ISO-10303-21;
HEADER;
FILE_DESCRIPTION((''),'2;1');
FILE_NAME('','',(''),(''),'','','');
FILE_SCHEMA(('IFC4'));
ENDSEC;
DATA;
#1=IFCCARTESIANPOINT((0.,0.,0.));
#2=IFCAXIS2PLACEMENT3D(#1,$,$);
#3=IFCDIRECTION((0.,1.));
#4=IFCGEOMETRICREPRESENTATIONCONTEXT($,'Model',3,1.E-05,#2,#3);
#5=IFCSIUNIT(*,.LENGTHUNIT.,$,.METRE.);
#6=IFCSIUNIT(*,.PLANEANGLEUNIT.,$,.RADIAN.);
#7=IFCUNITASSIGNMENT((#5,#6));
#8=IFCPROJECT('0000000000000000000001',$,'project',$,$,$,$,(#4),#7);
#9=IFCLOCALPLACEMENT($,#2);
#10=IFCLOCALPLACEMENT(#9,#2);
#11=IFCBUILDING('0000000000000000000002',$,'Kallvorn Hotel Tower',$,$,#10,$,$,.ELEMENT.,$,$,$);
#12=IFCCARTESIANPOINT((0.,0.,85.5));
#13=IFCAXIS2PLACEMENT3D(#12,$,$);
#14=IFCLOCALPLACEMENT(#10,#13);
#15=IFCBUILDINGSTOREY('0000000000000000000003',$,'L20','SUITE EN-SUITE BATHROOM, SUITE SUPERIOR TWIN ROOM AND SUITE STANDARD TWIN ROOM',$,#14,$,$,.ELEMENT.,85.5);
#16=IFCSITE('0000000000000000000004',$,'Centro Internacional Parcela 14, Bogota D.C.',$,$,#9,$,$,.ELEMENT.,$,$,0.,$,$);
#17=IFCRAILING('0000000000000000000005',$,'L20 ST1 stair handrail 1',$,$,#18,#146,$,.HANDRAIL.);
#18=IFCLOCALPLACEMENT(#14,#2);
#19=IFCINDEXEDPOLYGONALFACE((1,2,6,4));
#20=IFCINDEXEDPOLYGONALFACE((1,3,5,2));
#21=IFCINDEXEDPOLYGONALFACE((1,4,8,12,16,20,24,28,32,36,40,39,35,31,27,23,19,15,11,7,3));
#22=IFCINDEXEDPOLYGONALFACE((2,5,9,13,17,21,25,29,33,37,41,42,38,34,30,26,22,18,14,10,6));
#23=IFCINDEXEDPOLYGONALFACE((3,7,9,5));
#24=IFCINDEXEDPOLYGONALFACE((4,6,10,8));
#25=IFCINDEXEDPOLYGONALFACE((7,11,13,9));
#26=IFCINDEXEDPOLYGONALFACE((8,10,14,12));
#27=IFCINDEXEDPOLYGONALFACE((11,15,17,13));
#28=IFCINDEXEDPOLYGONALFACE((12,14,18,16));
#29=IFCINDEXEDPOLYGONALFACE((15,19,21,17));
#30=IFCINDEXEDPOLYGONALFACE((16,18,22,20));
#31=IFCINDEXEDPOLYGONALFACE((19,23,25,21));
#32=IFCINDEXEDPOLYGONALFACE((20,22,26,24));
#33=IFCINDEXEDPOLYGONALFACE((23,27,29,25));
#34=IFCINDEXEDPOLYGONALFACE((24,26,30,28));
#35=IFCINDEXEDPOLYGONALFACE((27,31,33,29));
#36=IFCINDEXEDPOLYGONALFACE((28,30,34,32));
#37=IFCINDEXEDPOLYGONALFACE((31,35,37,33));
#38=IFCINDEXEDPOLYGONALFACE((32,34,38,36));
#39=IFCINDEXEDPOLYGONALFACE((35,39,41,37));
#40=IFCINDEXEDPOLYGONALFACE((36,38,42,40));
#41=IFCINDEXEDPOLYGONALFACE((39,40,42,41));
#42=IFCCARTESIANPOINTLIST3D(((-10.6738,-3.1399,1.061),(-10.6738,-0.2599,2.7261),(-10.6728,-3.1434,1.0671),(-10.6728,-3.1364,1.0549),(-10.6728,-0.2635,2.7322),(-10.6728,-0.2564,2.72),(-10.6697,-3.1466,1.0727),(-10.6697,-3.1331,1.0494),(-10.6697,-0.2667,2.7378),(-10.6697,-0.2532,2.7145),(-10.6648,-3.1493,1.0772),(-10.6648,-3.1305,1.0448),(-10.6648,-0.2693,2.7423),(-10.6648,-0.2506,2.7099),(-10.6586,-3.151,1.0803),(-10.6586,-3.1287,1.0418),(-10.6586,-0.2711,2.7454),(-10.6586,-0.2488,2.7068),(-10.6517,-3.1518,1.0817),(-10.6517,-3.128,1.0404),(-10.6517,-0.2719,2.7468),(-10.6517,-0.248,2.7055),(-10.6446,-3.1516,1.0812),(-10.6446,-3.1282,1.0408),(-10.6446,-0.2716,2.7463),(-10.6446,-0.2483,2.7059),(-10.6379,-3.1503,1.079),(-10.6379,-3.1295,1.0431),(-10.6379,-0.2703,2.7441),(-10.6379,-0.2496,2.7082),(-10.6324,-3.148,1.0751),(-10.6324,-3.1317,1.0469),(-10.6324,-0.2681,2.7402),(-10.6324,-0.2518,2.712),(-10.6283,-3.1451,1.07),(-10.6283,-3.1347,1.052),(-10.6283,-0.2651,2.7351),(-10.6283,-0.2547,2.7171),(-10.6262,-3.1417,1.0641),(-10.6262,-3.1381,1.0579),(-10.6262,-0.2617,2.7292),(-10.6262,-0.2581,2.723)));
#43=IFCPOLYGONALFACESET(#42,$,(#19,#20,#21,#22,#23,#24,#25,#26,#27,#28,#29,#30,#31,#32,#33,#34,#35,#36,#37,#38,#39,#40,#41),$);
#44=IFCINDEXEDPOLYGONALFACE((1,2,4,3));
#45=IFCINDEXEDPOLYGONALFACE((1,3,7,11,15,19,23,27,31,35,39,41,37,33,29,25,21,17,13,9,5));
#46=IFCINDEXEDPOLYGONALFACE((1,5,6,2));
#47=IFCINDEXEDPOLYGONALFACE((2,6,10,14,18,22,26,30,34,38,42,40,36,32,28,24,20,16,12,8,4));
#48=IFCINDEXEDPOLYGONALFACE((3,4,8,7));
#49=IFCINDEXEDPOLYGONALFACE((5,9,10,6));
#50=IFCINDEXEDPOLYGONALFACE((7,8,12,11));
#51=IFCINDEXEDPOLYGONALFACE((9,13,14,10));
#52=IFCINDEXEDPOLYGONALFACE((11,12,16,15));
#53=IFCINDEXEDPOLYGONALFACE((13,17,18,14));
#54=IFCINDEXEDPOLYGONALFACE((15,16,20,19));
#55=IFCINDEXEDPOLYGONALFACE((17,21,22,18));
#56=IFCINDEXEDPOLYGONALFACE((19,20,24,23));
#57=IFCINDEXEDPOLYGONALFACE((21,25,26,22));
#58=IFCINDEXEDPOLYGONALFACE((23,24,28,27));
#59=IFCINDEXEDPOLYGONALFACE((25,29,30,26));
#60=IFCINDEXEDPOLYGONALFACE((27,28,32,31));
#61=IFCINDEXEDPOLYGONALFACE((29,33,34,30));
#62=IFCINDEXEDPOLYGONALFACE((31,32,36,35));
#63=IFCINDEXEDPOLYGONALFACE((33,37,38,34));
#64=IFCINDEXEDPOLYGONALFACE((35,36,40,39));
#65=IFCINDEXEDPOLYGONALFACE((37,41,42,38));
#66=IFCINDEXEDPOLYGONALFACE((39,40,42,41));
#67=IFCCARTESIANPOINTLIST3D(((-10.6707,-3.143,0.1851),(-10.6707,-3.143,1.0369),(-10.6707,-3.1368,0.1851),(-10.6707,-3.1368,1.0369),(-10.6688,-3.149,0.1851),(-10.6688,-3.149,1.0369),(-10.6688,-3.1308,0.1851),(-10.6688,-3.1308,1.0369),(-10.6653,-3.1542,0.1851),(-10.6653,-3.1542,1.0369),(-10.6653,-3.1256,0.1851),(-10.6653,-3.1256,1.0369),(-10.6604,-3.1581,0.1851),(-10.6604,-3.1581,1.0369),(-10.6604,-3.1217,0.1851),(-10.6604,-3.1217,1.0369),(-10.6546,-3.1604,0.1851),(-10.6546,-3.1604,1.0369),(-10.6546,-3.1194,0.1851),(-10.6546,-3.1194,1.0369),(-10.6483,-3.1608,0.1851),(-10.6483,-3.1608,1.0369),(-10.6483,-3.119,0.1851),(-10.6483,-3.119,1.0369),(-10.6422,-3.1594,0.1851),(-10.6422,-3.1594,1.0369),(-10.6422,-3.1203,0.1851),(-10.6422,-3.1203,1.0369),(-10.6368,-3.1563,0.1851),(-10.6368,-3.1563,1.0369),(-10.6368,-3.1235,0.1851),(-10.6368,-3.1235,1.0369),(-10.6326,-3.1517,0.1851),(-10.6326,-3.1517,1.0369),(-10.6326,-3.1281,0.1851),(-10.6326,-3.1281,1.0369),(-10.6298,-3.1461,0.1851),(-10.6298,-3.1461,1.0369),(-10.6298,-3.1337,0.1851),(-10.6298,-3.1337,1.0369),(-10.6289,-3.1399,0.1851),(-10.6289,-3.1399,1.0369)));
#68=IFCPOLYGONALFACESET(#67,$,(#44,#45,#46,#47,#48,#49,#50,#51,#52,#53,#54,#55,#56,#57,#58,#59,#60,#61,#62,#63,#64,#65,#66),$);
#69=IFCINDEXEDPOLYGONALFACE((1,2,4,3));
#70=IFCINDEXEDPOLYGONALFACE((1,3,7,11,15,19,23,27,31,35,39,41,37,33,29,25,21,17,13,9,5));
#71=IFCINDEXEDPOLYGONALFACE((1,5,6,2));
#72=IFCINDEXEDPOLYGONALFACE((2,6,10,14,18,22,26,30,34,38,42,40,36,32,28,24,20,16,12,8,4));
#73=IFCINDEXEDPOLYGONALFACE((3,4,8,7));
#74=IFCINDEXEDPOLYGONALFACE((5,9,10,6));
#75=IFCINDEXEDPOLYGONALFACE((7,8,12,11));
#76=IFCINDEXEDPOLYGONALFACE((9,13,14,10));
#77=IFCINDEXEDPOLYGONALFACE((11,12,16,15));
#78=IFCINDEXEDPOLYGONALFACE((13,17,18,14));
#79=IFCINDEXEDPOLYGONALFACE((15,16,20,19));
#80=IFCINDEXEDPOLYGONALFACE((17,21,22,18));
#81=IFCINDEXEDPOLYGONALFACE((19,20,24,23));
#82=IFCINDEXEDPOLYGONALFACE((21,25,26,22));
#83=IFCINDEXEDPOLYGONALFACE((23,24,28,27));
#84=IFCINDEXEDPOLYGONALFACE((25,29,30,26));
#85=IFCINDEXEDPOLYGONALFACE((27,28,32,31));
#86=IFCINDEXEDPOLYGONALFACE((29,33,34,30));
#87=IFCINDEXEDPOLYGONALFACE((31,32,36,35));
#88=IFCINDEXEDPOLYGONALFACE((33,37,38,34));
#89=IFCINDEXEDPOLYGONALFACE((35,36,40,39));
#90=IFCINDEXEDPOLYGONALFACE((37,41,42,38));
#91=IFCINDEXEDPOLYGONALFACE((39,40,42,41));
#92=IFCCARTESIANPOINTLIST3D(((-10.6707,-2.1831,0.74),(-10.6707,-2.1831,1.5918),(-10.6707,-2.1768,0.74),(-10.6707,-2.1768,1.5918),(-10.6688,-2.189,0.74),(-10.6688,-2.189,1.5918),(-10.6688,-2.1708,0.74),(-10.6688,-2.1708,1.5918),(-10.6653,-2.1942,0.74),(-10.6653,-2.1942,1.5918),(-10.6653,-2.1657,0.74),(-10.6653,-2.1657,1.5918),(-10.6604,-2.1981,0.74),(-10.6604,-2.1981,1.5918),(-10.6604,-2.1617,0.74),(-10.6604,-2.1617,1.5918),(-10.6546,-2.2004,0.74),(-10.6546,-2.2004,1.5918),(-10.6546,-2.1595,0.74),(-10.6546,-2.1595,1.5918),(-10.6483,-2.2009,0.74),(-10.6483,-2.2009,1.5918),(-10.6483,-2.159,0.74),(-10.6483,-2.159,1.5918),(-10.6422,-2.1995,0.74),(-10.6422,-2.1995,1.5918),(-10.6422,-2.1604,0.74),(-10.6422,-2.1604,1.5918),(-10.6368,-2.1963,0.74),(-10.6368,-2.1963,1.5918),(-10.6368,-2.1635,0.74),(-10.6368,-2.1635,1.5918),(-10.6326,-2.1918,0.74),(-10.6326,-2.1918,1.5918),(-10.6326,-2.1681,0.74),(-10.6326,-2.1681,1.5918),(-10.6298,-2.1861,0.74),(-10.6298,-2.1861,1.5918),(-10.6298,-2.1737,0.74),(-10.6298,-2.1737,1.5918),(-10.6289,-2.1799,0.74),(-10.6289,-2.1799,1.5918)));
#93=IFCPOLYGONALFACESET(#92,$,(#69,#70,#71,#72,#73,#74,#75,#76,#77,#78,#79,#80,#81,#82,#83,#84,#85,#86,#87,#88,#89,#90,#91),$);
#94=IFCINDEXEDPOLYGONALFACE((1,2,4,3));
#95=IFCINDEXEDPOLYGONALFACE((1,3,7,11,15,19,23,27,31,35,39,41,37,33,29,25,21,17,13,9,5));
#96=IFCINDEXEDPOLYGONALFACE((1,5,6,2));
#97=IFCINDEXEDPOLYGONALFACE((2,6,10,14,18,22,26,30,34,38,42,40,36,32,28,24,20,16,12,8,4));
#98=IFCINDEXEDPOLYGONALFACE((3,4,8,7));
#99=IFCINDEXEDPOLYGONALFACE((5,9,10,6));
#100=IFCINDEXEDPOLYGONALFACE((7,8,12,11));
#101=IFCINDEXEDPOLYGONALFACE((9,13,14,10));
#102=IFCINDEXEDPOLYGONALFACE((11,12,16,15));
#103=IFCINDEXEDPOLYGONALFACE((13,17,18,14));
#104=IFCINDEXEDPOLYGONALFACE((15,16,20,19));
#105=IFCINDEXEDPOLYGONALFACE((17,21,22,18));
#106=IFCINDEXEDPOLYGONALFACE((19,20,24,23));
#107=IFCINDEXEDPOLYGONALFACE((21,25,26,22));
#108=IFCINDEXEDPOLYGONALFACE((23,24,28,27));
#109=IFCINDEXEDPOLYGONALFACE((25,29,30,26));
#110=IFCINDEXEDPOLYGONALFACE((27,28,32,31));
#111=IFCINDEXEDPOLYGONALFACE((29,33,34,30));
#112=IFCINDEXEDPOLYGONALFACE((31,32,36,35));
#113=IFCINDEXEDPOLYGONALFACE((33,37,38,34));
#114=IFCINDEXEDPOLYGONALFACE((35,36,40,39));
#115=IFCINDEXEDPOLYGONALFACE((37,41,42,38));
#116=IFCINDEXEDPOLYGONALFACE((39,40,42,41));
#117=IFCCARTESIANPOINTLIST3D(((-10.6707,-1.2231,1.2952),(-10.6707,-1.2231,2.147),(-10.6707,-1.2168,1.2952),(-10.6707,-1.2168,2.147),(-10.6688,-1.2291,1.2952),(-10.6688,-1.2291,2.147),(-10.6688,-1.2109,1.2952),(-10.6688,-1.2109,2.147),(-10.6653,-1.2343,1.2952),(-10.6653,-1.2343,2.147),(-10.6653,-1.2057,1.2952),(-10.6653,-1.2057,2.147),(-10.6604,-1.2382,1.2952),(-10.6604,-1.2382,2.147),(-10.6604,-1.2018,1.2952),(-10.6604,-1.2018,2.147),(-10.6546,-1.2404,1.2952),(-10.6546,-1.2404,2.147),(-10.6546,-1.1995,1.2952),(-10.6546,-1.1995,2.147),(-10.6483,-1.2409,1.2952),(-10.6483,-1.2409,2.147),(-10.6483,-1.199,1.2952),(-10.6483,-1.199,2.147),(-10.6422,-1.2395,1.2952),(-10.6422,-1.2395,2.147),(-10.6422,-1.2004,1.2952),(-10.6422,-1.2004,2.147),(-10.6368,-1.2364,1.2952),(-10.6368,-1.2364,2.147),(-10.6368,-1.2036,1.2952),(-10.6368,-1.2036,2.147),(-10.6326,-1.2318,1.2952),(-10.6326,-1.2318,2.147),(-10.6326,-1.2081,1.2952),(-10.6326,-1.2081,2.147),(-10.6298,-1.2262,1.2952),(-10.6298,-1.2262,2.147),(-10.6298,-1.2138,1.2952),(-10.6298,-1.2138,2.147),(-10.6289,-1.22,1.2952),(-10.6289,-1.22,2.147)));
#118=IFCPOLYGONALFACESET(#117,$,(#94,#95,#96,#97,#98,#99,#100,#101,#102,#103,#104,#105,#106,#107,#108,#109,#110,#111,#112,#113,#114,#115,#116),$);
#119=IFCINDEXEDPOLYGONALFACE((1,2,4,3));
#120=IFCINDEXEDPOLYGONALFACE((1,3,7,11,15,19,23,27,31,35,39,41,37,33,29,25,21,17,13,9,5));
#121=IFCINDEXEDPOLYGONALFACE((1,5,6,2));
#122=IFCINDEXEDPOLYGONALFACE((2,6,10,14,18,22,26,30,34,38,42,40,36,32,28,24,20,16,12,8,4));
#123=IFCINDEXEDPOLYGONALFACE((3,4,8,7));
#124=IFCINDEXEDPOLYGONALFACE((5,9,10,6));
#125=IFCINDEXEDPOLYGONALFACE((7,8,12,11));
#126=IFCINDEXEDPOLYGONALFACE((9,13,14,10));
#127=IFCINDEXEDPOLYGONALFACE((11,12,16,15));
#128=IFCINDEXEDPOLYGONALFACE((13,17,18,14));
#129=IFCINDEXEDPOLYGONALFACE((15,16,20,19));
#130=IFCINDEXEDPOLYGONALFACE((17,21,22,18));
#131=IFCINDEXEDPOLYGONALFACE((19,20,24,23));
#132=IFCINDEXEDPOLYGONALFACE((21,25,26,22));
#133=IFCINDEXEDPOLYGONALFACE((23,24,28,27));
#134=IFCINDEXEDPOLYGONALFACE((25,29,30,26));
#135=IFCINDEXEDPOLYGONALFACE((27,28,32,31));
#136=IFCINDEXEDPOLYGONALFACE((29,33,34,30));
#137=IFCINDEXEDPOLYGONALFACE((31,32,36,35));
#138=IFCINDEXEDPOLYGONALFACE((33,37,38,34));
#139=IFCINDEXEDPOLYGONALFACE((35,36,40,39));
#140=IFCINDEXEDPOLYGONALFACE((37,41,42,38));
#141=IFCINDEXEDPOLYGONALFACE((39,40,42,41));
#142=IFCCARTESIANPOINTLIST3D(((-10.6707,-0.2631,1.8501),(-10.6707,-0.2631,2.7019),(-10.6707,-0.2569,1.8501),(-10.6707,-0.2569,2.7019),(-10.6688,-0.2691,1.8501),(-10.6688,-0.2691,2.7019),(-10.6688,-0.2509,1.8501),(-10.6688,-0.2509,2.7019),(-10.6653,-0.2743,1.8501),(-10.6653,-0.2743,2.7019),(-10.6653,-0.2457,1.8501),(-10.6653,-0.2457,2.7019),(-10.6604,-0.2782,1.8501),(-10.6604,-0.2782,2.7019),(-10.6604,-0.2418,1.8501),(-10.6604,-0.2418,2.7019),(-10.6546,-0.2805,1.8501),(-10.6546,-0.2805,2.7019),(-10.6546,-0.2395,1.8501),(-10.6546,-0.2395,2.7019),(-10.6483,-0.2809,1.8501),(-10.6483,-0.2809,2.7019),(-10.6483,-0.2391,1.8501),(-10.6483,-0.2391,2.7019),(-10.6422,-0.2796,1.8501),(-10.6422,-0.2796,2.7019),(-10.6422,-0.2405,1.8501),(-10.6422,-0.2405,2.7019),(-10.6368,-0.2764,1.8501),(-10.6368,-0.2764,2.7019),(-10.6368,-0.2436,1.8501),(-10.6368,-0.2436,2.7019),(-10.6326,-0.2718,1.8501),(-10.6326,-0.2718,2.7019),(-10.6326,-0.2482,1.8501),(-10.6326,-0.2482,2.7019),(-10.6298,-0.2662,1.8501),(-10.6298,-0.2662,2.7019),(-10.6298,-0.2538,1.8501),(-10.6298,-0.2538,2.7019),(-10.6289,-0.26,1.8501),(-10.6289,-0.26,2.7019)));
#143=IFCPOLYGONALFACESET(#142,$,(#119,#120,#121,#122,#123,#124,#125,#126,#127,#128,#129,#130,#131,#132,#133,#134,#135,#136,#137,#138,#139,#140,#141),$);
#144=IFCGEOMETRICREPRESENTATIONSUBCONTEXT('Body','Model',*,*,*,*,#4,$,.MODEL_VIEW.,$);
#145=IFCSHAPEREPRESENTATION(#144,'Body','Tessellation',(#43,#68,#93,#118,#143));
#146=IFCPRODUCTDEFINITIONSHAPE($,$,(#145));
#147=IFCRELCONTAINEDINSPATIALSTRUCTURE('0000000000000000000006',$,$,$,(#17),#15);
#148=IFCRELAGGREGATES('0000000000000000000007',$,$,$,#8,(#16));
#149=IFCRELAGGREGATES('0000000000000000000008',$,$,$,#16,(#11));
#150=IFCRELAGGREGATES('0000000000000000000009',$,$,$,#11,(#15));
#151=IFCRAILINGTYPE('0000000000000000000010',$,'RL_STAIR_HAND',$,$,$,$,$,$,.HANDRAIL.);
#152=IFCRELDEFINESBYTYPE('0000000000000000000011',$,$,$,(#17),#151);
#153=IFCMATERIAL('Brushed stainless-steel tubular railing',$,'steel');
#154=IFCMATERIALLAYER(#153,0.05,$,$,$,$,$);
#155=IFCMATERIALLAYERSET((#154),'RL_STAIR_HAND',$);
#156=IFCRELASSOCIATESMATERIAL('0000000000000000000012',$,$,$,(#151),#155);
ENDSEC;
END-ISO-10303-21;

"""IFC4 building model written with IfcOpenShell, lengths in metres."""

from ifc_helpers import new_model, si_unit, direction, frame, origin, origin_2d, place, context, subcontext, project, spatial, circle, extrude, material, layer, layer_set, type_object, element, save


model = new_model("IFC4")

# Units and contexts
model_context = context("Model", 3, precision=1e-05, world=origin(), true_north=direction((0.0, 1.0)))
body_context = subcontext(model_context, "Body", "Model", "MODEL_VIEW")
ifc_project = project(units=[si_unit("LENGTHUNIT", "METRE"), si_unit("PLANEANGLEUNIT", "RADIAN")], contexts=[model_context])

# Site, building, storey
site_placement = place(None, origin())
site = spatial("IfcSite", under=ifc_project, at=site_placement, Name="Centro Internacional Parcela 14, Bogota D.C.", CompositionType="ELEMENT", RefElevation=0.0)
building_placement = place(site_placement, origin())
building = spatial("IfcBuilding", under=site, at=building_placement, Name="Kallvorn Hotel Tower", CompositionType="ELEMENT")
storey_placement = place(building_placement, frame((0.0, 0.0, 85.5)))
storey = spatial("IfcBuildingStorey", under=building, at=storey_placement, Name="L20", Description="SUITE EN-SUITE BATHROOM, SUITE SUPERIOR TWIN ROOM AND SUITE STANDARD TWIN ROOM", CompositionType="ELEMENT", Elevation=85.5)

# Railing
ifc_material_1 = material(Name="Brushed stainless-steel tubular railing", Category="steel")
ifc_layer_1 = layer(ifc_material_1, 0.05)
ifc_layer_set_1 = layer_set([ifc_layer_1], Name="RL_STAIR_HAND")
railing_type_1 = type_object("IfcRailingType", Name="RL_STAIR_HAND", PredefinedType="HANDRAIL", material=ifc_layer_set_1)
railing_1_placement = place(storey_placement, frame((-10.6499, -3.1399, 0.1851)))
element("IfcRailing", 1, at=railing_1_placement, inside=storey, type_object=railing_type_1, Name="L20 ST1 stair handrail 1", PredefinedType="HANDRAIL", context=body_context, shape_type="SweptSolid", body=[
    extrude(circle(Radius=0.0239, at=origin_2d()), frame((0.0, 0.0, 0.876), z_axis=(0.0, 0.865721, 0.500527), x_axis=(-1.0, 0.0, 0.0)), (0.0, 0.0, 1.0), 3.3267),
    extrude(circle(Radius=0.021, at=origin_2d()), origin(), (0.0, 0.0, 1.0), 0.8518),
    extrude(circle(Radius=0.021, at=origin_2d()), frame((0.0, 0.96, 0.5549)), (0.0, 0.0, 1.0), 0.8518),
    extrude(circle(Radius=0.021, at=origin_2d()), frame((0.0, 1.9199, 1.1101)), (0.0, 0.0, 1.0), 0.8518),
    extrude(circle(Radius=0.021, at=origin_2d()), frame((0.0, 2.8799, 1.665)), (0.0, 0.0, 1.0), 0.8518),
])

save(model, "model.ifc")
